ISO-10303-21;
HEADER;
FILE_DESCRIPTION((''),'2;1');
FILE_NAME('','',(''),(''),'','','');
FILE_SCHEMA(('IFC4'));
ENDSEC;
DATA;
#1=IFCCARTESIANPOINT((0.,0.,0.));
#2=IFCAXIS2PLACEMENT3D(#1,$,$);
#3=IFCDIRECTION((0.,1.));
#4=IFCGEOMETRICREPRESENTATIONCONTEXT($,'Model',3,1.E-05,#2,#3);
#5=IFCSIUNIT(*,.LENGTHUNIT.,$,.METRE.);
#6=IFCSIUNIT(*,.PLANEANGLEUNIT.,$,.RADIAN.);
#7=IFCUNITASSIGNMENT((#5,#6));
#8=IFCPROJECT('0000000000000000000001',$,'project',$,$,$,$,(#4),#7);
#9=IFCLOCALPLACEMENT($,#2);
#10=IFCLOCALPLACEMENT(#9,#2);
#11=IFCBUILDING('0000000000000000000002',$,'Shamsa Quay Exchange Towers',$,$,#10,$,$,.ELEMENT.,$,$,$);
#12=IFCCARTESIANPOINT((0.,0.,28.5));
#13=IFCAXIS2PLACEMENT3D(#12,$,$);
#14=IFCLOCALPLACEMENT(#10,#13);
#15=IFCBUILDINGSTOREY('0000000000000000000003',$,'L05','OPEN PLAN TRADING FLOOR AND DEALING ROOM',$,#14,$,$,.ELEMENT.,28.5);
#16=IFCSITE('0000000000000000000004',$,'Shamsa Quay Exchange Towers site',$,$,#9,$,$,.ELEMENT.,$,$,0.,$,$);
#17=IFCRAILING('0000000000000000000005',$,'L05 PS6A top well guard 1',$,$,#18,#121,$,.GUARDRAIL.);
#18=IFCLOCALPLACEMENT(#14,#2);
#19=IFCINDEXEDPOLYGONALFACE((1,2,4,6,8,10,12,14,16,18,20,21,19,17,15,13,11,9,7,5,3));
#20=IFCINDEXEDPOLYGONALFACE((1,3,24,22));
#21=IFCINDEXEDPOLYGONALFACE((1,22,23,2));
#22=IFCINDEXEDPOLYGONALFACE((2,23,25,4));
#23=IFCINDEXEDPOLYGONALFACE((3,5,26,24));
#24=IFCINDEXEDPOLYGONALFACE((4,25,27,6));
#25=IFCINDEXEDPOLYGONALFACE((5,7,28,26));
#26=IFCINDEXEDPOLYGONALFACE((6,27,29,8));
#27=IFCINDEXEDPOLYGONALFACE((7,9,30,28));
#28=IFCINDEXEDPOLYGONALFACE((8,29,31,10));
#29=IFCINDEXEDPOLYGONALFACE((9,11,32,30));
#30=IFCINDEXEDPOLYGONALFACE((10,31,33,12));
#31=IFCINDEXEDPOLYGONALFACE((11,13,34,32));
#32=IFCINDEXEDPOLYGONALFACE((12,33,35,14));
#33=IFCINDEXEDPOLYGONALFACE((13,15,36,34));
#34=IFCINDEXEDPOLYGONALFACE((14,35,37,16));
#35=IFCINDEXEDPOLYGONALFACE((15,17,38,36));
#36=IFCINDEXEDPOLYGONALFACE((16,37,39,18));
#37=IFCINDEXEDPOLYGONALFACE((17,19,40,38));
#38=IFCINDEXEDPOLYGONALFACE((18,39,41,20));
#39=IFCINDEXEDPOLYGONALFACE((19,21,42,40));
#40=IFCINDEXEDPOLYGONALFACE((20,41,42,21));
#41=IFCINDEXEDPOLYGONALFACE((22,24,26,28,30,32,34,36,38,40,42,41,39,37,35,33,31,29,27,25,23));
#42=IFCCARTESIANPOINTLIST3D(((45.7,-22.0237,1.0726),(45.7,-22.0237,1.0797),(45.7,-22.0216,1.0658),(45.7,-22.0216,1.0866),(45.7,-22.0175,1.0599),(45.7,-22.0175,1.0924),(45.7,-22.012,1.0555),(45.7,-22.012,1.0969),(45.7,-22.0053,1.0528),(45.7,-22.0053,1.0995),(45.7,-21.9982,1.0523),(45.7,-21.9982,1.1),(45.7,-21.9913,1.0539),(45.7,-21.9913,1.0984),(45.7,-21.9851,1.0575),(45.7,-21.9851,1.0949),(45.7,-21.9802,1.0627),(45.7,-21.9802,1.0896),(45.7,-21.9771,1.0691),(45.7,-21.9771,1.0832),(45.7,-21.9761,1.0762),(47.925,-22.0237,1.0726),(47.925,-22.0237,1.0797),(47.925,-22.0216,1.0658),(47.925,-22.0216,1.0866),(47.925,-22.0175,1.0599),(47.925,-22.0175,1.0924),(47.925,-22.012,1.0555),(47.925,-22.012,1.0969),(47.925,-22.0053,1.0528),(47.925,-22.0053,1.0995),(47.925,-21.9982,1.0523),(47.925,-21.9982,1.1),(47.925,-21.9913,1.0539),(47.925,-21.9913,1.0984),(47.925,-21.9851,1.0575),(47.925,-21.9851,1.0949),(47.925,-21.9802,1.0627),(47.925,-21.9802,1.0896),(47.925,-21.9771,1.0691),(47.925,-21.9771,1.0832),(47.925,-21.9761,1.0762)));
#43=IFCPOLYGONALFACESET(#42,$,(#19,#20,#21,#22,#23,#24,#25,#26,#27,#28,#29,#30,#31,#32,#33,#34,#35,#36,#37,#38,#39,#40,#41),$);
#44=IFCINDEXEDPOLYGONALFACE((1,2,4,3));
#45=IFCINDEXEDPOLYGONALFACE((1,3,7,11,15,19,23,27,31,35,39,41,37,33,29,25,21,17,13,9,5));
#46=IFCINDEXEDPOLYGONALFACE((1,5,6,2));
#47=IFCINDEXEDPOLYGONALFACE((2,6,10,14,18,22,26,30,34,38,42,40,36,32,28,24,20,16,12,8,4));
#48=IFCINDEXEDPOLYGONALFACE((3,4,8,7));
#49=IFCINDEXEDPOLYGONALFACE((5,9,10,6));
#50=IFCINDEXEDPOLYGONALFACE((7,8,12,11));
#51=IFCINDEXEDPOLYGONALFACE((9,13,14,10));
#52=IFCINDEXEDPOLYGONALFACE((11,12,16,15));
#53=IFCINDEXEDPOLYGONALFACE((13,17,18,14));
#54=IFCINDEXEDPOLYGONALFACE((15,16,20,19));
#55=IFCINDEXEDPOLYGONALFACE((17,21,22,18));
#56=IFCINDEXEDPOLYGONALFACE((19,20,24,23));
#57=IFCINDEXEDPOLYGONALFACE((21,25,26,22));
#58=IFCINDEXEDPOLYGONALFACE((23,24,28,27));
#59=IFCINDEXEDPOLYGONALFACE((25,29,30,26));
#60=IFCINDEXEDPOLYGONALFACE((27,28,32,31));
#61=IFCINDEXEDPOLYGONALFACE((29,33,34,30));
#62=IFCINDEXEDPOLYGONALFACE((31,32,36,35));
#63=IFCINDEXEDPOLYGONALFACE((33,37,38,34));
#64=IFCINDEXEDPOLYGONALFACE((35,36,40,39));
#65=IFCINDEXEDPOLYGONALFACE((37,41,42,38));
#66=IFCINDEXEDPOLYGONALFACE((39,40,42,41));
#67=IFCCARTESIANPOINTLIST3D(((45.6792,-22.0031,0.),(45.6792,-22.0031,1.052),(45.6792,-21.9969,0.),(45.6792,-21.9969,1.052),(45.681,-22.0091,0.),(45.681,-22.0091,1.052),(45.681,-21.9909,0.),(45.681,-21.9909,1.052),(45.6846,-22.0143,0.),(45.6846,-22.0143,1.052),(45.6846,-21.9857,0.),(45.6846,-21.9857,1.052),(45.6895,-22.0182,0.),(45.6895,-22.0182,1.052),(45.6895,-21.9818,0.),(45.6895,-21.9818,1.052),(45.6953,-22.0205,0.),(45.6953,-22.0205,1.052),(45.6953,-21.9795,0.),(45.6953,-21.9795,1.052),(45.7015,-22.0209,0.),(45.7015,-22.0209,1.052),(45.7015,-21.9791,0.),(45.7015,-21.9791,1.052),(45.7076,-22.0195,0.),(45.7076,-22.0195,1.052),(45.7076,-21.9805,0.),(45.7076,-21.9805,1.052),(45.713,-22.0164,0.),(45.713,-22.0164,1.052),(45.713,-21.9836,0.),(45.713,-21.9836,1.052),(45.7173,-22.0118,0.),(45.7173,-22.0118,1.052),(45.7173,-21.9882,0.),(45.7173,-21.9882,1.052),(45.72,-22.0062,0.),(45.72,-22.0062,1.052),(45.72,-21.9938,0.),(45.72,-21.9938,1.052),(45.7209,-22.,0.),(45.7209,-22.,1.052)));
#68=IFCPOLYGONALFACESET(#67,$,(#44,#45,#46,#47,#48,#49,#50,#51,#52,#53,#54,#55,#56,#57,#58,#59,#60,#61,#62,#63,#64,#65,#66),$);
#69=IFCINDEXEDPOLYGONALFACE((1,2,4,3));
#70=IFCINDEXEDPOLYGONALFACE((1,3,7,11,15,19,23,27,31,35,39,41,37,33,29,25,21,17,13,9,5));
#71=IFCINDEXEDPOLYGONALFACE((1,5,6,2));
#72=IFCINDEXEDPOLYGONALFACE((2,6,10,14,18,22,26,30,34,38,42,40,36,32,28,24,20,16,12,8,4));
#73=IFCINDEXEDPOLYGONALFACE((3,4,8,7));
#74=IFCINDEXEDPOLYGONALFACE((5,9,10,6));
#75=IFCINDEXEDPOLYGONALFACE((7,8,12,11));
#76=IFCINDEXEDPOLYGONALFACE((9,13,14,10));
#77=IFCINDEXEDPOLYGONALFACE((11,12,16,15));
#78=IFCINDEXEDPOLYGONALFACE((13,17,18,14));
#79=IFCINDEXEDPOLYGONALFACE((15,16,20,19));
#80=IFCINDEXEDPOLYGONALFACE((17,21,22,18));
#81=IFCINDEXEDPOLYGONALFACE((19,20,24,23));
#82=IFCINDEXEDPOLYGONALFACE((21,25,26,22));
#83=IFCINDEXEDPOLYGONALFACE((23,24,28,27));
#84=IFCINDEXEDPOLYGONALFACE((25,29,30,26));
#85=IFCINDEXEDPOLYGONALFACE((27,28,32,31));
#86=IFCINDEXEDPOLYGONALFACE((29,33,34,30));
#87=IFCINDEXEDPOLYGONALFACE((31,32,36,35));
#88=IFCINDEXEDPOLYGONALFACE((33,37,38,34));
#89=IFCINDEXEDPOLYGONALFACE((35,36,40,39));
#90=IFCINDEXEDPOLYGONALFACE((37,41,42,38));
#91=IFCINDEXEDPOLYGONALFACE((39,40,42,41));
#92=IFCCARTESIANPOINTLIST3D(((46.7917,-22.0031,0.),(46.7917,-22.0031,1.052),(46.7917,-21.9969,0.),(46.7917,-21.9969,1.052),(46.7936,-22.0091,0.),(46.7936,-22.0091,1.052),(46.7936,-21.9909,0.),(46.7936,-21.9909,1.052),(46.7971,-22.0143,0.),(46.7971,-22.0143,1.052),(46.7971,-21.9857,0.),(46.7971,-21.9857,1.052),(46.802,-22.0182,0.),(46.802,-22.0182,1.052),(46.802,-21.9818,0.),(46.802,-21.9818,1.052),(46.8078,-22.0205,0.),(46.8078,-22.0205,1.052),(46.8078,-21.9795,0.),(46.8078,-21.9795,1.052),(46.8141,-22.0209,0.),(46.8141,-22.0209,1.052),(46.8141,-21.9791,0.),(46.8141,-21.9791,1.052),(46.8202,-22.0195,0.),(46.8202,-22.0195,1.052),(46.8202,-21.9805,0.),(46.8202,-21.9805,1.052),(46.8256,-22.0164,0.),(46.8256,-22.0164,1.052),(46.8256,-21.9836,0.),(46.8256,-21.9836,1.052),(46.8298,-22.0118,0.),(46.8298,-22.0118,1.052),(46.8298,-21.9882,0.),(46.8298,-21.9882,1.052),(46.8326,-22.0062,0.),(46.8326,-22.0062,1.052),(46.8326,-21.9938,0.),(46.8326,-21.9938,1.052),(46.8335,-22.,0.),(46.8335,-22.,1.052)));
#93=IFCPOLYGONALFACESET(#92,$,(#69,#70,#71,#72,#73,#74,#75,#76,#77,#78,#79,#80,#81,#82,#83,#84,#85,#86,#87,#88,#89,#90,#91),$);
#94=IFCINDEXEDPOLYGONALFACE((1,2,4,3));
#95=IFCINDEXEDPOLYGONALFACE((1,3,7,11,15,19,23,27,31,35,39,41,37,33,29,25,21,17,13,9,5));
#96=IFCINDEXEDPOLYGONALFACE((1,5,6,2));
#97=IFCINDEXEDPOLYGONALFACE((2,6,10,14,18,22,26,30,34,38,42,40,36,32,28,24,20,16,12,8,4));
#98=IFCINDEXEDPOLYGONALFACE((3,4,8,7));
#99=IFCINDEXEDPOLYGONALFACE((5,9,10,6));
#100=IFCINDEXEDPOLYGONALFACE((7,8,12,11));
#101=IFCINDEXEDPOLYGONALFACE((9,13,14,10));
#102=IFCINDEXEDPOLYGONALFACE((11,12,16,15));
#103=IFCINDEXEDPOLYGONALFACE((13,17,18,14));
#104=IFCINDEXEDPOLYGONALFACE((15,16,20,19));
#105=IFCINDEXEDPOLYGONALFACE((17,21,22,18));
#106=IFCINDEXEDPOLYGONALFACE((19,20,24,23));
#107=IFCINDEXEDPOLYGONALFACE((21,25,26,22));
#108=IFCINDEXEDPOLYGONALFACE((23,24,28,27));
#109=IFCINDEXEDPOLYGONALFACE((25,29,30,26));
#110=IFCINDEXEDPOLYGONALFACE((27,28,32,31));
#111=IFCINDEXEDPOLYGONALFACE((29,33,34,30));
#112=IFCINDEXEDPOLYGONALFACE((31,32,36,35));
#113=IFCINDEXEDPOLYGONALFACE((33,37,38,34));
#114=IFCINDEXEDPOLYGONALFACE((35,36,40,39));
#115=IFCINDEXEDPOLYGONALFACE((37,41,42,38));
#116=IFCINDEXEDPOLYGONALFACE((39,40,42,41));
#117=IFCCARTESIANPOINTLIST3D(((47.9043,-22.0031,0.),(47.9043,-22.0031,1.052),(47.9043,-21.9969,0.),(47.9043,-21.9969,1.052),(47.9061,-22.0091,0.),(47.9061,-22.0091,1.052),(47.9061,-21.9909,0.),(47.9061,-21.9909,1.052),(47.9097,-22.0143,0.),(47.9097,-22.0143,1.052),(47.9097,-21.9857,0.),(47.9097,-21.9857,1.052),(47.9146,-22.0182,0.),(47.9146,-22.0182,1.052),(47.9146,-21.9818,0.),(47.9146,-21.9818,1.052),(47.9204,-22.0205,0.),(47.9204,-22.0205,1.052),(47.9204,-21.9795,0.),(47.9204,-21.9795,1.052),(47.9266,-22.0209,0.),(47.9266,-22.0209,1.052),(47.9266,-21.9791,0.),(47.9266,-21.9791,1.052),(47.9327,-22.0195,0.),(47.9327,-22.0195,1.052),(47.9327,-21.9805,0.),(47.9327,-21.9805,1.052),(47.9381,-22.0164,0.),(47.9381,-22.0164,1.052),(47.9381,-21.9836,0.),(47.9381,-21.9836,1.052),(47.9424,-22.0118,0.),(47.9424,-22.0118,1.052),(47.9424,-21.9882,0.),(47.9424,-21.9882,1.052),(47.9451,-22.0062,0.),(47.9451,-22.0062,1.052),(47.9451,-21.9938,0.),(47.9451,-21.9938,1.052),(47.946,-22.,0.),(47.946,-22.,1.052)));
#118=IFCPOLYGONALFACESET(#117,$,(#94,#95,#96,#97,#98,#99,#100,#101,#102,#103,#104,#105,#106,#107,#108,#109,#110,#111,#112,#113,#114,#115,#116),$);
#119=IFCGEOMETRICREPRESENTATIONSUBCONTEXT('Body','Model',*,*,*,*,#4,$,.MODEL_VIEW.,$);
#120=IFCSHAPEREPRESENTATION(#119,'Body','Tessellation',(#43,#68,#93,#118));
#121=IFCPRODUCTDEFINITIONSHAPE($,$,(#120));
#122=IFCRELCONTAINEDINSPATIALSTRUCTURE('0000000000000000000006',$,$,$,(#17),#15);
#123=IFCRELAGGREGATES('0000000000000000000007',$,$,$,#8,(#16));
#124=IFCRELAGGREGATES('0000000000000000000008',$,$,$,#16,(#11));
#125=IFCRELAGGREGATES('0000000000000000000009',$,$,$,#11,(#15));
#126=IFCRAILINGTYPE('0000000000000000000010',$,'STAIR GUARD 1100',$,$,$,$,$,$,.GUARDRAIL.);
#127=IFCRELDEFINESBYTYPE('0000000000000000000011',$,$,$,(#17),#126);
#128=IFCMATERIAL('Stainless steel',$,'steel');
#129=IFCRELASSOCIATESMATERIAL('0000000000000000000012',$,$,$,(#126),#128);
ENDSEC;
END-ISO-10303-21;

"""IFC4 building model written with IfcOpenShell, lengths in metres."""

from ifc_helpers import new_model, si_unit, direction, frame, origin, origin_2d, place, context, subcontext, project, spatial, circle, extrude, material, type_object, element, save


model = new_model("IFC4")

# Units and contexts
model_context = context("Model", 3, precision=1e-05, world=origin(), true_north=direction((0.0, 1.0)))
body_context = subcontext(model_context, "Body", "Model", "MODEL_VIEW")
ifc_project = project(units=[si_unit("LENGTHUNIT", "METRE"), si_unit("PLANEANGLEUNIT", "RADIAN")], contexts=[model_context])

# Site, building, storey
site_placement = place(None, origin())
site = spatial("IfcSite", under=ifc_project, at=site_placement, Name="Shamsa Quay Exchange Towers site", CompositionType="ELEMENT", RefElevation=0.0)
building_placement = place(site_placement, origin())
building = spatial("IfcBuilding", under=site, at=building_placement, Name="Shamsa Quay Exchange Towers", CompositionType="ELEMENT")
storey_placement = place(building_placement, frame((0.0, 0.0, 28.5)))
storey = spatial("IfcBuildingStorey", under=building, at=storey_placement, Name="L05", Description="OPEN PLAN TRADING FLOOR AND DEALING ROOM", CompositionType="ELEMENT", Elevation=28.5)

# Railing
ifc_material_1 = material(Name="Stainless steel", Category="steel")
railing_type = type_object("IfcRailingType", Name="STAIR GUARD 1100", PredefinedType="GUARDRAIL", material=ifc_material_1)
railing_placement = place(storey_placement, frame((45.7, -22.0, 0.0)))
element("IfcRailing", 1, at=railing_placement, inside=storey, type_object=railing_type, Name="L05 PS6A top well guard 1", PredefinedType="GUARDRAIL", context=body_context, shape_type="SweptSolid", body=[
    extrude(circle(Radius=0.0239, at=origin_2d()), frame((0.0, 0.0, 1.0762), z_axis=(1.0, 0.0, 0.0), x_axis=(0.0, 1.0, 0.0)), (0.0, 0.0, 1.0), 2.2251),
    extrude(circle(Radius=0.021, at=origin_2d()), origin(), (0.0, 0.0, 1.0), 1.052),
    extrude(circle(Radius=0.021, at=origin_2d()), frame((1.1125, 0.0, 0.0)), (0.0, 0.0, 1.0), 1.052),
    extrude(circle(Radius=0.021, at=origin_2d()), frame((2.2251, 0.0, 0.0)), (0.0, 0.0, 1.0), 1.052),
])

save(model, "model.ifc")
